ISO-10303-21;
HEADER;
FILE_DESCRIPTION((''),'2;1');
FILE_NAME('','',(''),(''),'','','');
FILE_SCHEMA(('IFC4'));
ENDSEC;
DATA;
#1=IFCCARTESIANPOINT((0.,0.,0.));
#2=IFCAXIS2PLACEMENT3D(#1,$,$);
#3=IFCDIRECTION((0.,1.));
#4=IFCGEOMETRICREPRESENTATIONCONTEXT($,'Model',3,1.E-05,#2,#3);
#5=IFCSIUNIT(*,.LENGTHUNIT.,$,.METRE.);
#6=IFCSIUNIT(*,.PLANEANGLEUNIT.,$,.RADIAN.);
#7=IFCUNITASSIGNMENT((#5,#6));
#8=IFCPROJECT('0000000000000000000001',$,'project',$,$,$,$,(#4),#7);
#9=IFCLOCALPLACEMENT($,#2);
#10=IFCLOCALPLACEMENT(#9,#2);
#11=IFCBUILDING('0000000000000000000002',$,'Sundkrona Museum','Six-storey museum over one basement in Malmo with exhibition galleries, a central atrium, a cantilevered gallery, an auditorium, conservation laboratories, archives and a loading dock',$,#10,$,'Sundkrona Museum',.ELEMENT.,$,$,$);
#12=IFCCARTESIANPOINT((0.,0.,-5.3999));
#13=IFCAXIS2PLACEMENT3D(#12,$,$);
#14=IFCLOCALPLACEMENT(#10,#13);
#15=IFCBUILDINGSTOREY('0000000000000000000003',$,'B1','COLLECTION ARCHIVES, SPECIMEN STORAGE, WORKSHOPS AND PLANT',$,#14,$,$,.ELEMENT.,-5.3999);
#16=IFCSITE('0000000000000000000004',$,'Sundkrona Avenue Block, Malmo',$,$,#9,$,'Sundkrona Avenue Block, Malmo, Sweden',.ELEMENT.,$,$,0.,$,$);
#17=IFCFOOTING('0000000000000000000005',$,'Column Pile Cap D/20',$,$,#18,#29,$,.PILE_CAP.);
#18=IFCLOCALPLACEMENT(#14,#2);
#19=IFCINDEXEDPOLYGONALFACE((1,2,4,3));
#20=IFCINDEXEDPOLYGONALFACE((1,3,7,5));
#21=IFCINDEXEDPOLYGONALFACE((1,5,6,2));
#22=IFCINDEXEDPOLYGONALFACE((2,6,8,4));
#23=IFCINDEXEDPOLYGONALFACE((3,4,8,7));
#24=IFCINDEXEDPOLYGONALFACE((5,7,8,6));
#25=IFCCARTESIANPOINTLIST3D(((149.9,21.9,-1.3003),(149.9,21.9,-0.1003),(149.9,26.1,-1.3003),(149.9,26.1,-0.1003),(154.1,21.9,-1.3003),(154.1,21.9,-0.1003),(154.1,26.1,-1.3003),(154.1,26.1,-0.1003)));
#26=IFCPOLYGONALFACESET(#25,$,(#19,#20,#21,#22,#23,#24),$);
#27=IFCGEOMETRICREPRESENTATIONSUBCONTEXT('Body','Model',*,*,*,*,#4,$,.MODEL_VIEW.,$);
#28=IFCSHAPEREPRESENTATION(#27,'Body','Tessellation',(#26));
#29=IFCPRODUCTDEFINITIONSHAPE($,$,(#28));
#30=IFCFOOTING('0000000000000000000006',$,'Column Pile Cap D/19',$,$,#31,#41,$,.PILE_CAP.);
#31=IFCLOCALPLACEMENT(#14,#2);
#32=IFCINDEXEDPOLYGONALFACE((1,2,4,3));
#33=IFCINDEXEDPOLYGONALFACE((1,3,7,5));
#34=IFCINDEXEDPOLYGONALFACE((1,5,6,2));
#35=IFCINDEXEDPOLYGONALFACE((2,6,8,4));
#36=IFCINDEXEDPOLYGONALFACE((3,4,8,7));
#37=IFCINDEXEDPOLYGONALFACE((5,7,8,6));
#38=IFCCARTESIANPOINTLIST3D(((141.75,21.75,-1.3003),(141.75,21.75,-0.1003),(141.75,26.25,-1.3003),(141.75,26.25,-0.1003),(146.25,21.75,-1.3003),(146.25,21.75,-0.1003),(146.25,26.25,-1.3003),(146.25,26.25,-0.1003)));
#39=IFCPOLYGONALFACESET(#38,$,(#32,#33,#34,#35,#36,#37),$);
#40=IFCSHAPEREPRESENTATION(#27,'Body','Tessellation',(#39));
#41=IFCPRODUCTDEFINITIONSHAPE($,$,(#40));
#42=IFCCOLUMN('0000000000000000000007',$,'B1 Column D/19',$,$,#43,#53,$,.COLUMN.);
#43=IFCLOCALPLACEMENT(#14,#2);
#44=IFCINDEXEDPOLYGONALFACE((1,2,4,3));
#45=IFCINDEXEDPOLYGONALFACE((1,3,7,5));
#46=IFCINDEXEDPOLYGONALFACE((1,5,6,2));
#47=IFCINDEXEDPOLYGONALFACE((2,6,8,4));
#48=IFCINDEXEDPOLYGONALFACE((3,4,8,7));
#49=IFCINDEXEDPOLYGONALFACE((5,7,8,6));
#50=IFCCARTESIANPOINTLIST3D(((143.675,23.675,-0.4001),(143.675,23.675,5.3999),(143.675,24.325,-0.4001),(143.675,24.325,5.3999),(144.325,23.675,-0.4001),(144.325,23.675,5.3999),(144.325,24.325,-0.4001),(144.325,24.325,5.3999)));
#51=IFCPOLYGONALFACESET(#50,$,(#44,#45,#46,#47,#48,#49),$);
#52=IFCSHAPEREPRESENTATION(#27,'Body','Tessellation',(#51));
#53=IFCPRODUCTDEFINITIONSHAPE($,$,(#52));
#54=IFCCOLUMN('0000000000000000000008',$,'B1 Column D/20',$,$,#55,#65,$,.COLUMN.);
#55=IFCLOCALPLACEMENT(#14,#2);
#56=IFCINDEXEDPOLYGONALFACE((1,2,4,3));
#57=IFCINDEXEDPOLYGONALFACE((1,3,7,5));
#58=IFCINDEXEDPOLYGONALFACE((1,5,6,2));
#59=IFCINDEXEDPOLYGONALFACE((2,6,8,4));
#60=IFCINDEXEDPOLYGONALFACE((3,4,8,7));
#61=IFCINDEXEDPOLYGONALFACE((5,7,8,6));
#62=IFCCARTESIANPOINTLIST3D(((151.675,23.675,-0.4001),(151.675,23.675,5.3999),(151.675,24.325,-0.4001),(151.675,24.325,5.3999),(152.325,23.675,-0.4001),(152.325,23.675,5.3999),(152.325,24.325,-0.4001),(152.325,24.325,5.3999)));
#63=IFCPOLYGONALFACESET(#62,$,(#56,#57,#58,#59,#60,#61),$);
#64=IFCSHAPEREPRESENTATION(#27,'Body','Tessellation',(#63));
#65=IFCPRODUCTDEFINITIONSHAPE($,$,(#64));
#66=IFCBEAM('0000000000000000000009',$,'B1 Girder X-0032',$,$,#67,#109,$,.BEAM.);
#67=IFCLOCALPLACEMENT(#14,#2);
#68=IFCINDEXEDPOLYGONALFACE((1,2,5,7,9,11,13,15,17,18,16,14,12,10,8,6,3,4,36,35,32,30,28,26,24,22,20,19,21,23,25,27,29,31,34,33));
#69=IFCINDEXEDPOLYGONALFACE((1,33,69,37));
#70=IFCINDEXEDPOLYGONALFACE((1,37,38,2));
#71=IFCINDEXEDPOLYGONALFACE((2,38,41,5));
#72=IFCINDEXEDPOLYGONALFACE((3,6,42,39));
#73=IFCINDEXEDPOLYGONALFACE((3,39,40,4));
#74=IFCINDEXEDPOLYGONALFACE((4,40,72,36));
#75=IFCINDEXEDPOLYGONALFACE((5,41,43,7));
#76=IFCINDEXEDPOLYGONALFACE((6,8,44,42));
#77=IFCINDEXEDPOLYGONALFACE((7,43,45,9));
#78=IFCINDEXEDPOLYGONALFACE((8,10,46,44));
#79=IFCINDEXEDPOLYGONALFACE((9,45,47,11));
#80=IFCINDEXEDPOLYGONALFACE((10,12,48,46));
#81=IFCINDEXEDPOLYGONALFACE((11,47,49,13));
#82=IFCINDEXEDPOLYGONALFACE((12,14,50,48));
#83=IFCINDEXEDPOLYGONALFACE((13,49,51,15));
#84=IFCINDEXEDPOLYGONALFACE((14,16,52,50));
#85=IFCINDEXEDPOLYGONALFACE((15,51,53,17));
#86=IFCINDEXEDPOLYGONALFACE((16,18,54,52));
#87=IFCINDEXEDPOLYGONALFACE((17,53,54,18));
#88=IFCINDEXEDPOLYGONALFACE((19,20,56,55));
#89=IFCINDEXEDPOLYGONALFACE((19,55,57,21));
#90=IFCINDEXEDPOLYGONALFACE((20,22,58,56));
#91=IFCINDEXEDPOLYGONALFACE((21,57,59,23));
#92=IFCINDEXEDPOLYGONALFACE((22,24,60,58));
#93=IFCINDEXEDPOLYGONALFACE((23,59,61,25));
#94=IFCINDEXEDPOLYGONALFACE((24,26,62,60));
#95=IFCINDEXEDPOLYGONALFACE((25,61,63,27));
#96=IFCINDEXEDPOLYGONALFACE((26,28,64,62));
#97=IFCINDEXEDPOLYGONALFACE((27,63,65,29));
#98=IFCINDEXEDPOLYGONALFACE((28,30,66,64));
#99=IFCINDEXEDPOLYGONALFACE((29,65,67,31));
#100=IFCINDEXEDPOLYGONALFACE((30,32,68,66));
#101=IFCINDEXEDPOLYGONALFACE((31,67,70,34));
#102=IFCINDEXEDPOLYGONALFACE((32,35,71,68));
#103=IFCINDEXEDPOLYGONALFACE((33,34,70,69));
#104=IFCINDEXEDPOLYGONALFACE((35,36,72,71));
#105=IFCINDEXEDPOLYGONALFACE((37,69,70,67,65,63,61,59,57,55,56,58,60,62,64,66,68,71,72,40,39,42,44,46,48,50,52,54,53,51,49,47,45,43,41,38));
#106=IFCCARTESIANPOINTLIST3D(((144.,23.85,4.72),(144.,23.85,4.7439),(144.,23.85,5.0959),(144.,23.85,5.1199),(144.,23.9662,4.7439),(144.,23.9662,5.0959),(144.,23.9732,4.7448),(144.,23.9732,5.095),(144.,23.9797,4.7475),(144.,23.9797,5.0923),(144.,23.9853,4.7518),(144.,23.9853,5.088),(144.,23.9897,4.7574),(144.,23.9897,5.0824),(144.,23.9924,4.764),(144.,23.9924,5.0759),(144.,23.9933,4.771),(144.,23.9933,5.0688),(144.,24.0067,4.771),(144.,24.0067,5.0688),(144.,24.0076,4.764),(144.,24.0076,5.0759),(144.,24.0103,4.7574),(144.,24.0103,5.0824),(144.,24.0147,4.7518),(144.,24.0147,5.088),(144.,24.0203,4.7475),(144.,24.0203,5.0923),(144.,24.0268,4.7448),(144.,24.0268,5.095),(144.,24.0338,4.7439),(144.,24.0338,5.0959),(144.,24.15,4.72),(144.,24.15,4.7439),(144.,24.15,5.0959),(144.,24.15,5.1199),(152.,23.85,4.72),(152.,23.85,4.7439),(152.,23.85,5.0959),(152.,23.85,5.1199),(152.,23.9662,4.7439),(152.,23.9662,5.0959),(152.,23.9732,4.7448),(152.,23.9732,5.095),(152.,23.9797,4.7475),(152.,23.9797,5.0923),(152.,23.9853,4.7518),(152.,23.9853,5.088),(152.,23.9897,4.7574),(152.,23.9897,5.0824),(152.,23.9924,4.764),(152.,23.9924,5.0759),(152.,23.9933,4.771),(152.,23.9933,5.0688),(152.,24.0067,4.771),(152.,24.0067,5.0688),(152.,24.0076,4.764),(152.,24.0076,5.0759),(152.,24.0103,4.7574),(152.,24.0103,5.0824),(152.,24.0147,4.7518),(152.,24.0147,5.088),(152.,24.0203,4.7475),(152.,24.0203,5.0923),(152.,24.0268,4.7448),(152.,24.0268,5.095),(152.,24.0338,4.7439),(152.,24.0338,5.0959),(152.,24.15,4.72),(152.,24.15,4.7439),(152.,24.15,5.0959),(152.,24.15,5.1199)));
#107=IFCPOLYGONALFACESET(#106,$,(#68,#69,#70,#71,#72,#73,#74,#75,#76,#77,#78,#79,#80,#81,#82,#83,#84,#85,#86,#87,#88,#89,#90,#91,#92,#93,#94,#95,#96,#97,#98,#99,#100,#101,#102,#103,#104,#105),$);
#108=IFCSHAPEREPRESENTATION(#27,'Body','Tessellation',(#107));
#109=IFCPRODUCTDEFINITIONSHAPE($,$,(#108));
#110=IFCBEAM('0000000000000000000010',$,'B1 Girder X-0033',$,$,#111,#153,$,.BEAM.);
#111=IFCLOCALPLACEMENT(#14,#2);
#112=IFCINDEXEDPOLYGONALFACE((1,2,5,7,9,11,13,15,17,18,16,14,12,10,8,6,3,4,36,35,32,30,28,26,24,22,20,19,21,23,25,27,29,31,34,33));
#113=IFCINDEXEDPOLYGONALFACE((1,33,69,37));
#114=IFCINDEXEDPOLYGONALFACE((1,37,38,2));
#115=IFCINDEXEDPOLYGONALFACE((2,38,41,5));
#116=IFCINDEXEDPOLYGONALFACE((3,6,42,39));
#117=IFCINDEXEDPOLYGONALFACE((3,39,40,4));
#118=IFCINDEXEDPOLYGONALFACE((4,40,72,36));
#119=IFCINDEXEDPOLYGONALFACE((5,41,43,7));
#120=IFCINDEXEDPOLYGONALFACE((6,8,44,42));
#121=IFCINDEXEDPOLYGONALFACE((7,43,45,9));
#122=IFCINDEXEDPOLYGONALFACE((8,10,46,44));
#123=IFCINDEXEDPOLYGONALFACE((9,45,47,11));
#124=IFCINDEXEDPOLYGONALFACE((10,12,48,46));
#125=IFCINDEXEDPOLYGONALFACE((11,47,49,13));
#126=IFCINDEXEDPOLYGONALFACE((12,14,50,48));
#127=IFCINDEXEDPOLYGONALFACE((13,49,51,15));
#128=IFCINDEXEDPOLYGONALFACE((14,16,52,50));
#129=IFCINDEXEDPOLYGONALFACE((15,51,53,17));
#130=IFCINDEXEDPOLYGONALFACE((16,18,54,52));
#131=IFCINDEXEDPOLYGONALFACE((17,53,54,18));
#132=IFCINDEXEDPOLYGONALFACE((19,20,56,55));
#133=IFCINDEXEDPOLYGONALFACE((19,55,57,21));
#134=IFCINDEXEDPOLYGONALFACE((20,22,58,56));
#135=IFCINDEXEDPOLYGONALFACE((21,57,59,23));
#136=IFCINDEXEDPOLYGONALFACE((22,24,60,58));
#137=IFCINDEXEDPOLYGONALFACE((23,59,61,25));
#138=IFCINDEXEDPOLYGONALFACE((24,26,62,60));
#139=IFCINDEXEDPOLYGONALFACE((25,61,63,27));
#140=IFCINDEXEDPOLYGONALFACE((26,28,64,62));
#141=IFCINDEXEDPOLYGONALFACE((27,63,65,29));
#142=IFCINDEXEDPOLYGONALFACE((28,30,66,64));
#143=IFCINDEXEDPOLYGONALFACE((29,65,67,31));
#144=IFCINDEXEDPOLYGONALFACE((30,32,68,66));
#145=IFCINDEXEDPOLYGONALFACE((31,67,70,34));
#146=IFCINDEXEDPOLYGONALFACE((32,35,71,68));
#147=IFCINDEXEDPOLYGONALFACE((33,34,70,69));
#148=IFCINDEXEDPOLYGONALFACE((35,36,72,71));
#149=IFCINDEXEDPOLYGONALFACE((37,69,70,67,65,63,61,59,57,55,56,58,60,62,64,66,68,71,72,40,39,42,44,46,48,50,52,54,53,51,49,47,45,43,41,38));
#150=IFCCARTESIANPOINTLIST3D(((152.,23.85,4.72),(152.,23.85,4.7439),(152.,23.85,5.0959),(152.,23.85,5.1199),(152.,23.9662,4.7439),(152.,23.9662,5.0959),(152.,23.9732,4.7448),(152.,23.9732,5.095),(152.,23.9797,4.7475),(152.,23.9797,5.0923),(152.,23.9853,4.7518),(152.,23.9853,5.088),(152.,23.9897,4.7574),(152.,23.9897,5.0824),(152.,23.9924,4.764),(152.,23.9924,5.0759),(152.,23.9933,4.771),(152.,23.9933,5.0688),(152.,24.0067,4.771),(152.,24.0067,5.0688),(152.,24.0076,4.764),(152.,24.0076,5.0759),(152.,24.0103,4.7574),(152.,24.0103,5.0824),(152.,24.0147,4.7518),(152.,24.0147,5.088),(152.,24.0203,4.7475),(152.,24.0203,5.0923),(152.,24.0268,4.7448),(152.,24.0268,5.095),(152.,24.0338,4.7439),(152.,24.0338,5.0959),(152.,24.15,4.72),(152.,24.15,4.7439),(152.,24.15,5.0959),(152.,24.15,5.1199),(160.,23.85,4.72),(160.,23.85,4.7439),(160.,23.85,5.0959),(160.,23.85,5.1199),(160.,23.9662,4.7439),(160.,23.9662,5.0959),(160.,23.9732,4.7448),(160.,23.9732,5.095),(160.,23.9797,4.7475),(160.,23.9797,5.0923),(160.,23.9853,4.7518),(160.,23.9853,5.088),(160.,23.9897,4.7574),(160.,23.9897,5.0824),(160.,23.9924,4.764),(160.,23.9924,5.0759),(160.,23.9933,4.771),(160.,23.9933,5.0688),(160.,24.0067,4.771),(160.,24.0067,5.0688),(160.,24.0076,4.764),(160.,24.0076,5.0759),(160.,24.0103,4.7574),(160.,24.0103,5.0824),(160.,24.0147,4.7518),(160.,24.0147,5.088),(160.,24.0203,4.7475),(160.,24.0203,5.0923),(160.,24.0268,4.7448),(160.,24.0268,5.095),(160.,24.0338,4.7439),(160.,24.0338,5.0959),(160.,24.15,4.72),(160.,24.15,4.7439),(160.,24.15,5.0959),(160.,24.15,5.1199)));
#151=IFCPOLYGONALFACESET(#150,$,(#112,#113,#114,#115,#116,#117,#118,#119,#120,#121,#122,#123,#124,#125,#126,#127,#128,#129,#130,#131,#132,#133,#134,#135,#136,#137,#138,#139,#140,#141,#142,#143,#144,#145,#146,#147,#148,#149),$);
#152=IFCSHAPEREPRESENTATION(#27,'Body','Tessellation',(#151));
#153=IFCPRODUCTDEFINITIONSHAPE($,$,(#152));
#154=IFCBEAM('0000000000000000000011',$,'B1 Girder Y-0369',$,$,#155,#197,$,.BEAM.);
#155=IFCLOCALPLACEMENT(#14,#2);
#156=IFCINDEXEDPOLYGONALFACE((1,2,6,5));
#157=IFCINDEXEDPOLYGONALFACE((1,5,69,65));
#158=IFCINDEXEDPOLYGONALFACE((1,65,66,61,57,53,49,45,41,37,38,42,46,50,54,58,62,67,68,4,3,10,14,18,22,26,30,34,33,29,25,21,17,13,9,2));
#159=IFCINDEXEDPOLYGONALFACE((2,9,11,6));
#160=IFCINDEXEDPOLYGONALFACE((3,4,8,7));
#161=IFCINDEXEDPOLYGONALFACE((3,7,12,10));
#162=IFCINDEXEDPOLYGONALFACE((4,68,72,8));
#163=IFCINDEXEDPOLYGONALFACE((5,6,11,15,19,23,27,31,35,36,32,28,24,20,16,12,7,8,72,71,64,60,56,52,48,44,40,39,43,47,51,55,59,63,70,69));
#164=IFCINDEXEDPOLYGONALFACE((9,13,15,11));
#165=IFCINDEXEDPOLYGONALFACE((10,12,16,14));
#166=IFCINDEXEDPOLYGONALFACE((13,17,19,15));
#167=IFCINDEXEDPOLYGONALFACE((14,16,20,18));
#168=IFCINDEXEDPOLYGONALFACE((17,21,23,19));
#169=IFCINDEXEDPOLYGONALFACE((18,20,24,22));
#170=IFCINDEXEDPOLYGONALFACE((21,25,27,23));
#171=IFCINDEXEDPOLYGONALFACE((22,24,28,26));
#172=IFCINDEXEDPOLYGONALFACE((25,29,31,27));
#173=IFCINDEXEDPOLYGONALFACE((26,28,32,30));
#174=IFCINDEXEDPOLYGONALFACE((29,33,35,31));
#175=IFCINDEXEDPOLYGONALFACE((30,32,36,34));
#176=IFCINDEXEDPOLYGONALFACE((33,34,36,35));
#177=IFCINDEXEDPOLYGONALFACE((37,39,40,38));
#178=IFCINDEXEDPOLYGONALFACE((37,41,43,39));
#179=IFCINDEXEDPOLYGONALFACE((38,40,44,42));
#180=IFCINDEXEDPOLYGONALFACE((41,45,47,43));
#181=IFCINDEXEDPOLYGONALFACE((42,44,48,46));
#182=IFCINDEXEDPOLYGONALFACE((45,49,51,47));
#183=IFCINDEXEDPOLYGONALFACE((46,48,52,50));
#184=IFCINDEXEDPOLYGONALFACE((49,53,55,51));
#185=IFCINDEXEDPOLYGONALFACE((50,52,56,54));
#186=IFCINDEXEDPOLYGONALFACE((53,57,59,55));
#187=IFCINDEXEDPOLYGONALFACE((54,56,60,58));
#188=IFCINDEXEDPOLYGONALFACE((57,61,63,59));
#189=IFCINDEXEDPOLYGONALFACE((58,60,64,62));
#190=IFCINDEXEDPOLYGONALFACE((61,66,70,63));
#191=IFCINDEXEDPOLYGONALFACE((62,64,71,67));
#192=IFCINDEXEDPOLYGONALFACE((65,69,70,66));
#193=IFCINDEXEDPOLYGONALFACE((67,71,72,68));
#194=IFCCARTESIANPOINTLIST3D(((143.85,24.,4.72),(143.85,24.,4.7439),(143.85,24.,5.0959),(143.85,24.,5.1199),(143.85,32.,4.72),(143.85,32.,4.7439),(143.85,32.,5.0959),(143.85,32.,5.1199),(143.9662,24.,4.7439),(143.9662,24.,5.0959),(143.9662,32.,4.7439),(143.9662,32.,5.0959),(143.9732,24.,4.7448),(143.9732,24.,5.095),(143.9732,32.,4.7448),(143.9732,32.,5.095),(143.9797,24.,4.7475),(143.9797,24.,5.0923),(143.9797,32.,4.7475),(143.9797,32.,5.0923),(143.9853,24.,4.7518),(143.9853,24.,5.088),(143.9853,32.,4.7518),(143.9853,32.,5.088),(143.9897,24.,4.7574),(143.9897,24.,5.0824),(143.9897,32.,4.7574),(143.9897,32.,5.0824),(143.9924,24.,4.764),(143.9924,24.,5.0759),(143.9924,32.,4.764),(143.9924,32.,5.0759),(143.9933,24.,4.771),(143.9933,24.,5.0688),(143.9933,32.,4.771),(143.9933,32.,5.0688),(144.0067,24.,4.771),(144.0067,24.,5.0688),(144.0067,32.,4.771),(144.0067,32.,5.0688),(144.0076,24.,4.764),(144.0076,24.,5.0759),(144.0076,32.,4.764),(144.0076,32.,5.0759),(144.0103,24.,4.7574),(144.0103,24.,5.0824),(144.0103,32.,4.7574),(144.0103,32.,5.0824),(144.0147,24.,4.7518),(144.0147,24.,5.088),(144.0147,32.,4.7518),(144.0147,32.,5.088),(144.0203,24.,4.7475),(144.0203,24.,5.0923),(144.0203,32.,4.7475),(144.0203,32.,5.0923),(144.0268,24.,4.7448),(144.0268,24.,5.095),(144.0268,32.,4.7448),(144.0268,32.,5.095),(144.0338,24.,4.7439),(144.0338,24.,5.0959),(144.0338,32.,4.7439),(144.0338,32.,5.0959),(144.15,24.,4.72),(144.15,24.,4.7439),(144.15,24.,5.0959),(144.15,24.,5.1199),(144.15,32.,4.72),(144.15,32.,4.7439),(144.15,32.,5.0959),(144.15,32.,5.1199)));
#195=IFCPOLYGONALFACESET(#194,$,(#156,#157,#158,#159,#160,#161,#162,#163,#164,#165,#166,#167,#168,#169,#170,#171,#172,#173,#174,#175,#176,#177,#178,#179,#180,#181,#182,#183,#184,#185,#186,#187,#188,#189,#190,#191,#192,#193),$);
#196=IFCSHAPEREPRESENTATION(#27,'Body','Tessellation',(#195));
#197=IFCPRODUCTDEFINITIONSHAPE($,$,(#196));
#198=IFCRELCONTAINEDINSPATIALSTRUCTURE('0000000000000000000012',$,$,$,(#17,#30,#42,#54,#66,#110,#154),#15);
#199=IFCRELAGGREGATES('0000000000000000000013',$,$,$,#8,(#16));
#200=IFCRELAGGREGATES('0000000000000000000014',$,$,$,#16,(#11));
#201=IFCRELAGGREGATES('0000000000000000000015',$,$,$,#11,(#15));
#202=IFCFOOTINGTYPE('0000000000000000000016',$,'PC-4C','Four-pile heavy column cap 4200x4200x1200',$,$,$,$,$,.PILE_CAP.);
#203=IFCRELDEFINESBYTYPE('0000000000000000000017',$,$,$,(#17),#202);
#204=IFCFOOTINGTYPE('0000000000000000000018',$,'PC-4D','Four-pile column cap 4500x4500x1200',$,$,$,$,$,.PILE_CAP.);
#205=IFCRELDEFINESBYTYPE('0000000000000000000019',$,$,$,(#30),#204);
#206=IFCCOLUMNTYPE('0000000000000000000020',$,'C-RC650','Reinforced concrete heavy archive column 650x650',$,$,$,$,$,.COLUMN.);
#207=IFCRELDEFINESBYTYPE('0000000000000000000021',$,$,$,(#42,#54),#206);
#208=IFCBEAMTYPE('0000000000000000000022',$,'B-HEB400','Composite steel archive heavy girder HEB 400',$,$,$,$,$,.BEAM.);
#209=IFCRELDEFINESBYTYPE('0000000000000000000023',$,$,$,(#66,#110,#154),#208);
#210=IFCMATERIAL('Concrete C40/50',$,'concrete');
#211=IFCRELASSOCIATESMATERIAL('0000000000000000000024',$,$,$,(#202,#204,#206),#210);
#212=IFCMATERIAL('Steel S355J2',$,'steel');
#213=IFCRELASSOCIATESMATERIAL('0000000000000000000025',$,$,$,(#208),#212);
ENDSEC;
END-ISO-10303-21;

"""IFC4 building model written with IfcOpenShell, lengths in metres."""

from ifc_helpers import new_model, si_unit, direction, frame, origin, origin_2d, place, context, subcontext, project, spatial, rectangle, i_section, extrude, material, material_profile, profile_set, type_object, element, save


model = new_model("IFC4")

# Units and contexts
model_context = context("Model", 3, precision=1e-05, world=origin(), true_north=direction((0.0, 1.0)))
body_context = subcontext(model_context, "Body", "Model", "MODEL_VIEW")
ifc_project = project(units=[si_unit("LENGTHUNIT", "METRE"), si_unit("PLANEANGLEUNIT", "RADIAN")], contexts=[model_context])

# Site, building, storey
site_placement = place(None, origin())
site = spatial("IfcSite", under=ifc_project, at=site_placement, Name="Sundkrona Avenue Block, Malmo", LongName="Sundkrona Avenue Block, Malmo, Sweden", CompositionType="ELEMENT", RefElevation=0.0)
building_placement = place(site_placement, origin())
building = spatial("IfcBuilding", under=site, at=building_placement, Name="Sundkrona Museum", Description="Six-storey museum over one basement in Malmo with exhibition galleries, a central atrium, a cantilevered gallery, an auditorium, conservation laboratories, archives and a loading dock", LongName="Sundkrona Museum", CompositionType="ELEMENT")
storey_placement = place(building_placement, frame((0.0, 0.0, -5.3999)))
storey = spatial("IfcBuildingStorey", under=building, at=storey_placement, Name="B1", Description="COLLECTION ARCHIVES, SPECIMEN STORAGE, WORKSHOPS AND PLANT", CompositionType="ELEMENT", Elevation=-5.3999)

# Shared definitions
ifc_material_1 = material(Name="Concrete C40/50", Category="concrete")

# Footings
footing_type_1 = type_object("IfcFootingType", Name="PC-4C", Description="Four-pile heavy column cap 4200x4200x1200", PredefinedType="PILE_CAP", material=ifc_material_1)
footing_1_placement = place(storey_placement, frame((152.0, 24.0, -1.3003), z_axis=(0.0, 0.0, 1.0), x_axis=(1.0, 0.0, 0.0)))
element("IfcFooting", 1, at=footing_1_placement, inside=storey, type_object=footing_type_1, Name="Column Pile Cap D/20", PredefinedType="PILE_CAP", context=body_context, shape_type="SweptSolid", body=[
    extrude(rectangle(XDim=4.2, YDim=4.2, at=origin_2d()), origin(), (0.0, 0.0, 1.0), 1.2),
])
footing_type_2 = type_object("IfcFootingType", Name="PC-4D", Description="Four-pile column cap 4500x4500x1200", PredefinedType="PILE_CAP", material=ifc_material_1)
footing_2_placement = place(storey_placement, frame((144.0, 24.0, -1.3003), z_axis=(0.0, 0.0, 1.0), x_axis=(1.0, 0.0, 0.0)))
element("IfcFooting", 2, at=footing_2_placement, inside=storey, type_object=footing_type_2, Name="Column Pile Cap D/19", PredefinedType="PILE_CAP", context=body_context, shape_type="SweptSolid", body=[
    extrude(rectangle(XDim=4.5, YDim=4.5, at=origin_2d()), origin(), (0.0, 0.0, 1.0), 1.2),
])

# Columns
ifc_material_profile_1 = material_profile(ifc_material_1, rectangle(XDim=0.6499, YDim=0.6499, at=origin_2d()), Name="RC 650x650")
ifc_profile_set_1 = profile_set([ifc_material_profile_1], Name="Concrete C40/50")
column_type = type_object("IfcColumnType", Name="C-RC650", Description="Reinforced concrete heavy archive column 650x650", PredefinedType="COLUMN", material=ifc_profile_set_1)
for number, where, z_axis, x_axis, name in (
    (3, (144.0, 24.0, -0.4001), (0.0, 0.0, 1.0), (1.0, 0.0, 0.0), "B1 Column D/19"),
    (4, (152.0, 24.0, -0.4001), (0.0, 0.0, 1.0), (1.0, 0.0, 0.0), "B1 Column D/20"),
):
    element("IfcColumn", number, at=place(storey_placement, frame(where, z_axis=z_axis, x_axis=x_axis)), inside=storey, type_object=column_type, Name=name, PredefinedType="COLUMN", context=body_context, shape_type="SweptSolid", body=[
        extrude(rectangle(XDim=0.6499, YDim=0.6499, at=origin_2d()), origin(), (0.0, 0.0, 1.0), 5.8),
    ])

# Beams
ifc_material_2 = material(Name="Steel S355J2", Category="steel")
ifc_material_profile_2 = material_profile(ifc_material_2, i_section(OverallWidth=0.3, OverallDepth=0.3999, WebThickness=0.0134, FlangeThickness=0.0239, FilletRadius=0.0271, at=origin_2d()), Name="HEB 400")
ifc_profile_set_2 = profile_set([ifc_material_profile_2], Name="Steel S355J2")
beam_type_1 = type_object("IfcBeamType", Name="B-HEB400", Description="Composite steel archive heavy girder HEB 400", PredefinedType="BEAM", material=ifc_profile_set_2)
for number, where, z_axis, x_axis, name in (
    (5, (144.0, 24.0, 4.9199), (1.0, 0.0, 0.0), (0.0, 1.0, 0.0), "B1 Girder X-0032"),
    (6, (152.0, 24.0, 4.9199), (1.0, 0.0, 0.0), (0.0, 1.0, 0.0), "B1 Girder X-0033"),
    (7, (144.0, 24.0, 4.9199), (0.0, 1.0, 0.0), (-1.0, 0.0, 0.0), "B1 Girder Y-0369"),
):
    element("IfcBeam", number, at=place(storey_placement, frame(where, z_axis=z_axis, x_axis=x_axis)), inside=storey, type_object=beam_type_1, Name=name, PredefinedType="BEAM", context=body_context, shape_type="SweptSolid", body=[
        extrude(i_section(OverallWidth=0.3, OverallDepth=0.3999, WebThickness=0.0134, FlangeThickness=0.0239, FilletRadius=0.0271, at=origin_2d()), origin(), (0.0, 0.0, 1.0), 8.0),
    ])

save(model, "model.ifc")
